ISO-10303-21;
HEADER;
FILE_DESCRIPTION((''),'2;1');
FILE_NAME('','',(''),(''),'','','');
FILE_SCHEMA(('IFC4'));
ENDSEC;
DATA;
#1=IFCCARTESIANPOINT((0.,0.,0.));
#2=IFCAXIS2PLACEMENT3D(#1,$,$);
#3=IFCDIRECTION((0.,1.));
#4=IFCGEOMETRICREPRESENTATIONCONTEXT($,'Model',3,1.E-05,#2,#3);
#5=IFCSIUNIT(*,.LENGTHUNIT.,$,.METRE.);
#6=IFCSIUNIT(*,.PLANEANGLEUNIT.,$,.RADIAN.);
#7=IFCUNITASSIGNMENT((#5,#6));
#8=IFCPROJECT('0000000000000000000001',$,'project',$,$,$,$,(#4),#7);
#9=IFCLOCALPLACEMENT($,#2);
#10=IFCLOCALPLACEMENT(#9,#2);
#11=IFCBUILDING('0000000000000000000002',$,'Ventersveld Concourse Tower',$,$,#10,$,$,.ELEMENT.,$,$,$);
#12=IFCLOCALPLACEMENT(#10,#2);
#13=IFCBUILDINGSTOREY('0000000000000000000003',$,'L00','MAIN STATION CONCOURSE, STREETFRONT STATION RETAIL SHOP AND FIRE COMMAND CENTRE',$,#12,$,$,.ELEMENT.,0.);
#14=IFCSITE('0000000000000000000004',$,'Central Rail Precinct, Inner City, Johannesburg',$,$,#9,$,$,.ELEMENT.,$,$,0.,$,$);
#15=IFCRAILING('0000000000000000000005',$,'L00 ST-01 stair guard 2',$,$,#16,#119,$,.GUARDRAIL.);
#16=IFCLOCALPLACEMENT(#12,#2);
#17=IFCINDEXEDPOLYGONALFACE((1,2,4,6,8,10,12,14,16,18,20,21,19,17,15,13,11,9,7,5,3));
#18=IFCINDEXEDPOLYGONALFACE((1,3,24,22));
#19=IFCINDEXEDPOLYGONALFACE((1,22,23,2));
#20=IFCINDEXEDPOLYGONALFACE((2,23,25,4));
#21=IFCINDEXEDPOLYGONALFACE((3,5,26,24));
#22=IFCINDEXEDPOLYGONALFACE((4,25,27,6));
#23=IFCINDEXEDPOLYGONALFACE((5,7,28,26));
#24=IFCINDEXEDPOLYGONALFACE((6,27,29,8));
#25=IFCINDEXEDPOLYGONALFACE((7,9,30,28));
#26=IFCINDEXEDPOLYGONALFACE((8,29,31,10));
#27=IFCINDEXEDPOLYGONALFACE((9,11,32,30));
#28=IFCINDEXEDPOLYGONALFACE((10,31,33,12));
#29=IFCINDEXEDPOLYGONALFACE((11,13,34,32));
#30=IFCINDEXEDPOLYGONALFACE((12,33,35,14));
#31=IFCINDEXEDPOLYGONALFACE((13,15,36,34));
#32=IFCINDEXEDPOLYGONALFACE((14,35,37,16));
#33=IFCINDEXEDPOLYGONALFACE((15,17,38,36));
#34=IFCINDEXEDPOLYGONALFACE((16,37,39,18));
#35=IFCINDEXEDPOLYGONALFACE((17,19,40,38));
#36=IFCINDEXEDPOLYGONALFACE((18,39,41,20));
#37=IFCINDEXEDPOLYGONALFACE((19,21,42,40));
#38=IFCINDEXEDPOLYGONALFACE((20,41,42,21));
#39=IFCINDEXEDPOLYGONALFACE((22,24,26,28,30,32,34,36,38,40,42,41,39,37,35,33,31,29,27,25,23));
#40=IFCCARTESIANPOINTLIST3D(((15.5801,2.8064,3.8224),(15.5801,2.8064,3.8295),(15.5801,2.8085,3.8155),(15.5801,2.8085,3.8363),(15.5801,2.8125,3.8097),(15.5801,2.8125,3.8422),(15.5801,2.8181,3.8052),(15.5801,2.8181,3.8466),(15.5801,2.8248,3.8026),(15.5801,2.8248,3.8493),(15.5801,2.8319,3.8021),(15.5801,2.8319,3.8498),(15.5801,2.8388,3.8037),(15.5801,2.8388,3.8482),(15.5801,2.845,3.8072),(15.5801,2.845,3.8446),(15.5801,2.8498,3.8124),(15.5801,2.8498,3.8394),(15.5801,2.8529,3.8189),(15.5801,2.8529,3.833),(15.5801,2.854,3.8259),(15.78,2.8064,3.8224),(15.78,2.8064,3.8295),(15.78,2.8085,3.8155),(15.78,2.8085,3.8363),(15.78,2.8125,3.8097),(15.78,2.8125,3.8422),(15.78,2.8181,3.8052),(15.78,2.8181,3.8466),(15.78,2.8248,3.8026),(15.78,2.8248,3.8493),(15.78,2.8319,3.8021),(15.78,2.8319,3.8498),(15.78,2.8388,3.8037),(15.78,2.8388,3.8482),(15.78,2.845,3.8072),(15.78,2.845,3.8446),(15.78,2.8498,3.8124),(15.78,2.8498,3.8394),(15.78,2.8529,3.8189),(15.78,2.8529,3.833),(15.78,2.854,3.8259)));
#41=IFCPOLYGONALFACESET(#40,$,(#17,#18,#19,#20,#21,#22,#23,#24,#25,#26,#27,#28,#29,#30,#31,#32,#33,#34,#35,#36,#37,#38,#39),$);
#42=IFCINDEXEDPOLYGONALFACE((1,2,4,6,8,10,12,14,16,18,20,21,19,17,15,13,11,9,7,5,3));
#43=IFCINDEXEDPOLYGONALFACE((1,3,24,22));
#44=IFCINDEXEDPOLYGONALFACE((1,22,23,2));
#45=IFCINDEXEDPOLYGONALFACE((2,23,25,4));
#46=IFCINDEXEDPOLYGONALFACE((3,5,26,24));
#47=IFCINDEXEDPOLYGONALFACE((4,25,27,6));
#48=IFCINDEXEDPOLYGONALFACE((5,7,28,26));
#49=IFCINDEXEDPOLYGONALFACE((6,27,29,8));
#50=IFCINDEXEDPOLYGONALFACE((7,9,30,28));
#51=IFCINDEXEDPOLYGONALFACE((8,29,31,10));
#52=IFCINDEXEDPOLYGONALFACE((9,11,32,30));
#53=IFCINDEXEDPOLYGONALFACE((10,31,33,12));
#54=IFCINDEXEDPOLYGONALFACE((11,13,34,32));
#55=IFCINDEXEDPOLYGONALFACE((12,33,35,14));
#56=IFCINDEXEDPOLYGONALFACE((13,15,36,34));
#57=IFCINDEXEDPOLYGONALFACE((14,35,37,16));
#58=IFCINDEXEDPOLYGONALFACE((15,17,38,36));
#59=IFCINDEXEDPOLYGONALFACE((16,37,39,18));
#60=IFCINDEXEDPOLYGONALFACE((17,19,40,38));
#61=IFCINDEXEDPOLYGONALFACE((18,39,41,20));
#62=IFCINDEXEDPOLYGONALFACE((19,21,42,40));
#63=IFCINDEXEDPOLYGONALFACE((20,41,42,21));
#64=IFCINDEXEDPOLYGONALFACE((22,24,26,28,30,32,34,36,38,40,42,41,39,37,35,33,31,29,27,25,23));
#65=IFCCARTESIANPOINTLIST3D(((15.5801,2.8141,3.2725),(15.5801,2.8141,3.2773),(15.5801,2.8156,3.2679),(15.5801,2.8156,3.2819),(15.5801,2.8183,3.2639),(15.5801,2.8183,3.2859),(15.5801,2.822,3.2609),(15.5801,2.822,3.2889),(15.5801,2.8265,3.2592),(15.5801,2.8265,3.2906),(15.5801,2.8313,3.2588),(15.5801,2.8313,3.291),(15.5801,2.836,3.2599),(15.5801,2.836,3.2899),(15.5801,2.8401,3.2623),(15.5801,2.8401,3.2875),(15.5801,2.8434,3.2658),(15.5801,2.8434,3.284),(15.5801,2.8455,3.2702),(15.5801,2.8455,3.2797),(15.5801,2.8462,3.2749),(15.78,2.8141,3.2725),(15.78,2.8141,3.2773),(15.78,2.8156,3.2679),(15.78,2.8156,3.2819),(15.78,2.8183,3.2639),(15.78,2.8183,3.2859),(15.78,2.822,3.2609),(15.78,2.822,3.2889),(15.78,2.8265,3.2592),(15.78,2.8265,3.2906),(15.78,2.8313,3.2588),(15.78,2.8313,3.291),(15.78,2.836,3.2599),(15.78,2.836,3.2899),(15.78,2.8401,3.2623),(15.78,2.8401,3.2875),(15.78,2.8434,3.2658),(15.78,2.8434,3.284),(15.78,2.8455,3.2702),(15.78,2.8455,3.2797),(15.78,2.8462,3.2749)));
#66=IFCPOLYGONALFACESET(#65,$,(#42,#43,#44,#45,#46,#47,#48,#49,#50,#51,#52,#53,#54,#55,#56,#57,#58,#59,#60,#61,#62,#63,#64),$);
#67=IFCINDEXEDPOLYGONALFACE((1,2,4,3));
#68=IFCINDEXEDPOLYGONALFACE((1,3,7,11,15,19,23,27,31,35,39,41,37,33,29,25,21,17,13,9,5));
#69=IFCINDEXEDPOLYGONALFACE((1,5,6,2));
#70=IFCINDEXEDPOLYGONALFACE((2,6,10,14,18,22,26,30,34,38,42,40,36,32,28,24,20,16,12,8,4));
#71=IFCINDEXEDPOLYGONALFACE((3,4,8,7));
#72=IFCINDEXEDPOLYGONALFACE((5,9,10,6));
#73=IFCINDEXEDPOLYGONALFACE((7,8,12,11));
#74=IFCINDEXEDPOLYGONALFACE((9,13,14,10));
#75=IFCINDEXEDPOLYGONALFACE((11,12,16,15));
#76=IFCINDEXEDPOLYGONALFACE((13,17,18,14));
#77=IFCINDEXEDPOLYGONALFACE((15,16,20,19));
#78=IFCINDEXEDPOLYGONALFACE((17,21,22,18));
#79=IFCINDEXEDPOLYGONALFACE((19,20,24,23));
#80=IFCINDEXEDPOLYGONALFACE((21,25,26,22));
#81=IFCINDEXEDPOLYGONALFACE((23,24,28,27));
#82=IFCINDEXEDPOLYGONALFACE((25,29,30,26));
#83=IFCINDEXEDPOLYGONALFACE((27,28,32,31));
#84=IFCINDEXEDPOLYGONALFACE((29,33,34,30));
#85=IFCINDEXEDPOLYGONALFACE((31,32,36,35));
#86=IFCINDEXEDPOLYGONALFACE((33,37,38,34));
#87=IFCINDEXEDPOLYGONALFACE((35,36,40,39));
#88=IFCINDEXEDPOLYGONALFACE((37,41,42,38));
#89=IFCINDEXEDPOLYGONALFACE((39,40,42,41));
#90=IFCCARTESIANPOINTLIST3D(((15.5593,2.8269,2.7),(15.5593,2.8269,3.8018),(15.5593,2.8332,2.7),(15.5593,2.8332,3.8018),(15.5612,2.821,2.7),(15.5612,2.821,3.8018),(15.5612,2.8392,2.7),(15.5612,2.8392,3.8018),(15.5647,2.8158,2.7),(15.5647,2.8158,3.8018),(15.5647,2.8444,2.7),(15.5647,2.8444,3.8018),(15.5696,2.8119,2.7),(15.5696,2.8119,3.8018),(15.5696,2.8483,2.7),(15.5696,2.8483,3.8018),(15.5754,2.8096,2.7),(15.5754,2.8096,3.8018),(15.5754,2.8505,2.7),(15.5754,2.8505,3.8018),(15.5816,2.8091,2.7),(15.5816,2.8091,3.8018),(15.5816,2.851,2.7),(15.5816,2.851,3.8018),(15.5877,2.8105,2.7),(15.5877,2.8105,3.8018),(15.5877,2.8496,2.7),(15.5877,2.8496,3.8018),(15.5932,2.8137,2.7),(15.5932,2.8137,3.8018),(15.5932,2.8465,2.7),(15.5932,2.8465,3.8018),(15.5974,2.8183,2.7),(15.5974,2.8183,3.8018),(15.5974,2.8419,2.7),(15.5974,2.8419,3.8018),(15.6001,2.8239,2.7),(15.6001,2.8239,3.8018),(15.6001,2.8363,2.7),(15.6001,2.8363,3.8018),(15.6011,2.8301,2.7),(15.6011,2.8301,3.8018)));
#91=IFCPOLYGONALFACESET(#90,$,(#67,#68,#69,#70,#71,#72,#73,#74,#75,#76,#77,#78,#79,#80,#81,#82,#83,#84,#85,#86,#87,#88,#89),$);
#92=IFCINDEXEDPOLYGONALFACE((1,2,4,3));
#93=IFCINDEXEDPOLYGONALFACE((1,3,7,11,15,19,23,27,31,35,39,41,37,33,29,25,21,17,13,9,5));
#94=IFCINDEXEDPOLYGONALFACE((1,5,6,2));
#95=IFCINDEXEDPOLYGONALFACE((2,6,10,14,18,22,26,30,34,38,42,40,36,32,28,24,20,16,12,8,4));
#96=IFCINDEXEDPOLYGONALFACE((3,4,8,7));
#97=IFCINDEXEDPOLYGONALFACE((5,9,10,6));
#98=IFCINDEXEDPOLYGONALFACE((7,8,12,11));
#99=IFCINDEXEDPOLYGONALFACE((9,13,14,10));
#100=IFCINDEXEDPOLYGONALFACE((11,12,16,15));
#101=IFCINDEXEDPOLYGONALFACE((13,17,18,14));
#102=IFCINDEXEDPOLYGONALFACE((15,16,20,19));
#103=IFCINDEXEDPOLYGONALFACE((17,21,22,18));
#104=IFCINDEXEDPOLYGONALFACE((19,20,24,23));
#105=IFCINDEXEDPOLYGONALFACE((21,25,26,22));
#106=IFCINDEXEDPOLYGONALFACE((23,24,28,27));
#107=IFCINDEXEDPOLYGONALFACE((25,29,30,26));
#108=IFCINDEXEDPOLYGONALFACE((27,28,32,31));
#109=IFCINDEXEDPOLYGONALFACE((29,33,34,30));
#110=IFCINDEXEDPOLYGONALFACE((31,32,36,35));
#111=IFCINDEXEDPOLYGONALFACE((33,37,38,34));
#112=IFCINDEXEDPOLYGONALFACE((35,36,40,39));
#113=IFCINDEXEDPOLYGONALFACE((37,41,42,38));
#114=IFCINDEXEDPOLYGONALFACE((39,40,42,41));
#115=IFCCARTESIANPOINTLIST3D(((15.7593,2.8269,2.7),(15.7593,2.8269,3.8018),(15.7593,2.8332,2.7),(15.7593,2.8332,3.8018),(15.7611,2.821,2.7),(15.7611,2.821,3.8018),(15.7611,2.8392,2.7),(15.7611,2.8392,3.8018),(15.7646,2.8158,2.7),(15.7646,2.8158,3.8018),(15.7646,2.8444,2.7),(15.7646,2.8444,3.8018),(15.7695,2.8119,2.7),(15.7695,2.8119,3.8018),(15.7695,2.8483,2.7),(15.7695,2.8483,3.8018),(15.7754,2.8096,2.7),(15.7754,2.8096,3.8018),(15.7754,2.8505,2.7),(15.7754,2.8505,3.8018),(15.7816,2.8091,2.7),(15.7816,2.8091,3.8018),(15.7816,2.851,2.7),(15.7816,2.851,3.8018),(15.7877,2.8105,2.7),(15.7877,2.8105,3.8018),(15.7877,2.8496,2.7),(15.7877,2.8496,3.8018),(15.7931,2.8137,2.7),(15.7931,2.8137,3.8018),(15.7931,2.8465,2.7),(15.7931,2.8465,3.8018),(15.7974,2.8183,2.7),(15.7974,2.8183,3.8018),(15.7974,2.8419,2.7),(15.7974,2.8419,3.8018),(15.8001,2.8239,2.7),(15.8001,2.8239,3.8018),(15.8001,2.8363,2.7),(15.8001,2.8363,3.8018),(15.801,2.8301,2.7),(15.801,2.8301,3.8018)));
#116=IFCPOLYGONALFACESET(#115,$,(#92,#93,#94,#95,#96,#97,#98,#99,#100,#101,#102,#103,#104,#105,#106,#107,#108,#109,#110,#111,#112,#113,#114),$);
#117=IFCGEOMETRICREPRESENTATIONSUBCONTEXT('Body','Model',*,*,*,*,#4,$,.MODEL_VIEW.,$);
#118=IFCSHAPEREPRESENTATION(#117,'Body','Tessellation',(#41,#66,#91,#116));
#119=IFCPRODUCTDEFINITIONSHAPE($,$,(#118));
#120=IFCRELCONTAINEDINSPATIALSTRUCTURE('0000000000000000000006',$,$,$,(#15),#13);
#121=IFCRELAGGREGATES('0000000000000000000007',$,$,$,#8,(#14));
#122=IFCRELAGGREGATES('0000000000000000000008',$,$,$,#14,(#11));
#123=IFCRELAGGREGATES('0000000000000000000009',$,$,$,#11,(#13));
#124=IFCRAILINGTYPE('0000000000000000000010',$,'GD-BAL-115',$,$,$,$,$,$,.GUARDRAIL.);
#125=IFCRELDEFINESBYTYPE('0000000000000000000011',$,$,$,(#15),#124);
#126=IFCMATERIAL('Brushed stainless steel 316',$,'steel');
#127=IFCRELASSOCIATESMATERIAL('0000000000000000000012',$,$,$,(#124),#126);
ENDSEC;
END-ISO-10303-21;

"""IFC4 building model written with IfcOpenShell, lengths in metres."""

from ifc_helpers import new_model, si_unit, direction, frame, origin, origin_2d, place, context, subcontext, project, spatial, circle, extrude, material, type_object, element, save


model = new_model("IFC4")

# Units and contexts
model_context = context("Model", 3, precision=1e-05, world=origin(), true_north=direction((0.0, 1.0)))
body_context = subcontext(model_context, "Body", "Model", "MODEL_VIEW")
ifc_project = project(units=[si_unit("LENGTHUNIT", "METRE"), si_unit("PLANEANGLEUNIT", "RADIAN")], contexts=[model_context])

# Site, building, storey
site_placement = place(None, origin())
site = spatial("IfcSite", under=ifc_project, at=site_placement, Name="Central Rail Precinct, Inner City, Johannesburg", CompositionType="ELEMENT", RefElevation=0.0)
building_placement = place(site_placement, origin())
building = spatial("IfcBuilding", under=site, at=building_placement, Name="Ventersveld Concourse Tower", CompositionType="ELEMENT")
storey_placement = place(building_placement, origin())
storey = spatial("IfcBuildingStorey", under=building, at=storey_placement, Name="L00", Description="MAIN STATION CONCOURSE, STREETFRONT STATION RETAIL SHOP AND FIRE COMMAND CENTRE", CompositionType="ELEMENT", Elevation=0.0)

# Shared definitions
ifc_material_1 = material(Name="Brushed stainless steel 316", Category="steel")

# Railing
railing_type_1 = type_object("IfcRailingType", Name="GD-BAL-115", PredefinedType="GUARDRAIL", material=ifc_material_1)
railing_1_placement = place(storey_placement, frame((15.5801, 2.8301, 2.7)))
element("IfcRailing", 1, at=railing_1_placement, inside=storey, type_object=railing_type_1, Name="L00 ST-01 stair guard 2", PredefinedType="GUARDRAIL", context=body_context, shape_type="SweptSolid", body=[
    extrude(circle(Radius=0.0239, at=origin_2d()), frame((0.0, 0.0, 1.126), z_axis=(1.0, 0.0, 0.0), x_axis=(0.0, 1.0, 0.0)), (0.0, 0.0, 1.0), 0.2),
    extrude(circle(Radius=0.0161, at=origin_2d()), frame((0.0, 0.0, 0.575), z_axis=(1.0, 0.0, 0.0), x_axis=(0.0, 1.0, 0.0)), (0.0, 0.0, 1.0), 0.2),
    extrude(circle(Radius=0.021, at=origin_2d()), origin(), (0.0, 0.0, 1.0), 1.1018),
    extrude(circle(Radius=0.021, at=origin_2d()), frame((0.2, 0.0, 0.0)), (0.0, 0.0, 1.0), 1.1018),
])

save(model, "model.ifc")
